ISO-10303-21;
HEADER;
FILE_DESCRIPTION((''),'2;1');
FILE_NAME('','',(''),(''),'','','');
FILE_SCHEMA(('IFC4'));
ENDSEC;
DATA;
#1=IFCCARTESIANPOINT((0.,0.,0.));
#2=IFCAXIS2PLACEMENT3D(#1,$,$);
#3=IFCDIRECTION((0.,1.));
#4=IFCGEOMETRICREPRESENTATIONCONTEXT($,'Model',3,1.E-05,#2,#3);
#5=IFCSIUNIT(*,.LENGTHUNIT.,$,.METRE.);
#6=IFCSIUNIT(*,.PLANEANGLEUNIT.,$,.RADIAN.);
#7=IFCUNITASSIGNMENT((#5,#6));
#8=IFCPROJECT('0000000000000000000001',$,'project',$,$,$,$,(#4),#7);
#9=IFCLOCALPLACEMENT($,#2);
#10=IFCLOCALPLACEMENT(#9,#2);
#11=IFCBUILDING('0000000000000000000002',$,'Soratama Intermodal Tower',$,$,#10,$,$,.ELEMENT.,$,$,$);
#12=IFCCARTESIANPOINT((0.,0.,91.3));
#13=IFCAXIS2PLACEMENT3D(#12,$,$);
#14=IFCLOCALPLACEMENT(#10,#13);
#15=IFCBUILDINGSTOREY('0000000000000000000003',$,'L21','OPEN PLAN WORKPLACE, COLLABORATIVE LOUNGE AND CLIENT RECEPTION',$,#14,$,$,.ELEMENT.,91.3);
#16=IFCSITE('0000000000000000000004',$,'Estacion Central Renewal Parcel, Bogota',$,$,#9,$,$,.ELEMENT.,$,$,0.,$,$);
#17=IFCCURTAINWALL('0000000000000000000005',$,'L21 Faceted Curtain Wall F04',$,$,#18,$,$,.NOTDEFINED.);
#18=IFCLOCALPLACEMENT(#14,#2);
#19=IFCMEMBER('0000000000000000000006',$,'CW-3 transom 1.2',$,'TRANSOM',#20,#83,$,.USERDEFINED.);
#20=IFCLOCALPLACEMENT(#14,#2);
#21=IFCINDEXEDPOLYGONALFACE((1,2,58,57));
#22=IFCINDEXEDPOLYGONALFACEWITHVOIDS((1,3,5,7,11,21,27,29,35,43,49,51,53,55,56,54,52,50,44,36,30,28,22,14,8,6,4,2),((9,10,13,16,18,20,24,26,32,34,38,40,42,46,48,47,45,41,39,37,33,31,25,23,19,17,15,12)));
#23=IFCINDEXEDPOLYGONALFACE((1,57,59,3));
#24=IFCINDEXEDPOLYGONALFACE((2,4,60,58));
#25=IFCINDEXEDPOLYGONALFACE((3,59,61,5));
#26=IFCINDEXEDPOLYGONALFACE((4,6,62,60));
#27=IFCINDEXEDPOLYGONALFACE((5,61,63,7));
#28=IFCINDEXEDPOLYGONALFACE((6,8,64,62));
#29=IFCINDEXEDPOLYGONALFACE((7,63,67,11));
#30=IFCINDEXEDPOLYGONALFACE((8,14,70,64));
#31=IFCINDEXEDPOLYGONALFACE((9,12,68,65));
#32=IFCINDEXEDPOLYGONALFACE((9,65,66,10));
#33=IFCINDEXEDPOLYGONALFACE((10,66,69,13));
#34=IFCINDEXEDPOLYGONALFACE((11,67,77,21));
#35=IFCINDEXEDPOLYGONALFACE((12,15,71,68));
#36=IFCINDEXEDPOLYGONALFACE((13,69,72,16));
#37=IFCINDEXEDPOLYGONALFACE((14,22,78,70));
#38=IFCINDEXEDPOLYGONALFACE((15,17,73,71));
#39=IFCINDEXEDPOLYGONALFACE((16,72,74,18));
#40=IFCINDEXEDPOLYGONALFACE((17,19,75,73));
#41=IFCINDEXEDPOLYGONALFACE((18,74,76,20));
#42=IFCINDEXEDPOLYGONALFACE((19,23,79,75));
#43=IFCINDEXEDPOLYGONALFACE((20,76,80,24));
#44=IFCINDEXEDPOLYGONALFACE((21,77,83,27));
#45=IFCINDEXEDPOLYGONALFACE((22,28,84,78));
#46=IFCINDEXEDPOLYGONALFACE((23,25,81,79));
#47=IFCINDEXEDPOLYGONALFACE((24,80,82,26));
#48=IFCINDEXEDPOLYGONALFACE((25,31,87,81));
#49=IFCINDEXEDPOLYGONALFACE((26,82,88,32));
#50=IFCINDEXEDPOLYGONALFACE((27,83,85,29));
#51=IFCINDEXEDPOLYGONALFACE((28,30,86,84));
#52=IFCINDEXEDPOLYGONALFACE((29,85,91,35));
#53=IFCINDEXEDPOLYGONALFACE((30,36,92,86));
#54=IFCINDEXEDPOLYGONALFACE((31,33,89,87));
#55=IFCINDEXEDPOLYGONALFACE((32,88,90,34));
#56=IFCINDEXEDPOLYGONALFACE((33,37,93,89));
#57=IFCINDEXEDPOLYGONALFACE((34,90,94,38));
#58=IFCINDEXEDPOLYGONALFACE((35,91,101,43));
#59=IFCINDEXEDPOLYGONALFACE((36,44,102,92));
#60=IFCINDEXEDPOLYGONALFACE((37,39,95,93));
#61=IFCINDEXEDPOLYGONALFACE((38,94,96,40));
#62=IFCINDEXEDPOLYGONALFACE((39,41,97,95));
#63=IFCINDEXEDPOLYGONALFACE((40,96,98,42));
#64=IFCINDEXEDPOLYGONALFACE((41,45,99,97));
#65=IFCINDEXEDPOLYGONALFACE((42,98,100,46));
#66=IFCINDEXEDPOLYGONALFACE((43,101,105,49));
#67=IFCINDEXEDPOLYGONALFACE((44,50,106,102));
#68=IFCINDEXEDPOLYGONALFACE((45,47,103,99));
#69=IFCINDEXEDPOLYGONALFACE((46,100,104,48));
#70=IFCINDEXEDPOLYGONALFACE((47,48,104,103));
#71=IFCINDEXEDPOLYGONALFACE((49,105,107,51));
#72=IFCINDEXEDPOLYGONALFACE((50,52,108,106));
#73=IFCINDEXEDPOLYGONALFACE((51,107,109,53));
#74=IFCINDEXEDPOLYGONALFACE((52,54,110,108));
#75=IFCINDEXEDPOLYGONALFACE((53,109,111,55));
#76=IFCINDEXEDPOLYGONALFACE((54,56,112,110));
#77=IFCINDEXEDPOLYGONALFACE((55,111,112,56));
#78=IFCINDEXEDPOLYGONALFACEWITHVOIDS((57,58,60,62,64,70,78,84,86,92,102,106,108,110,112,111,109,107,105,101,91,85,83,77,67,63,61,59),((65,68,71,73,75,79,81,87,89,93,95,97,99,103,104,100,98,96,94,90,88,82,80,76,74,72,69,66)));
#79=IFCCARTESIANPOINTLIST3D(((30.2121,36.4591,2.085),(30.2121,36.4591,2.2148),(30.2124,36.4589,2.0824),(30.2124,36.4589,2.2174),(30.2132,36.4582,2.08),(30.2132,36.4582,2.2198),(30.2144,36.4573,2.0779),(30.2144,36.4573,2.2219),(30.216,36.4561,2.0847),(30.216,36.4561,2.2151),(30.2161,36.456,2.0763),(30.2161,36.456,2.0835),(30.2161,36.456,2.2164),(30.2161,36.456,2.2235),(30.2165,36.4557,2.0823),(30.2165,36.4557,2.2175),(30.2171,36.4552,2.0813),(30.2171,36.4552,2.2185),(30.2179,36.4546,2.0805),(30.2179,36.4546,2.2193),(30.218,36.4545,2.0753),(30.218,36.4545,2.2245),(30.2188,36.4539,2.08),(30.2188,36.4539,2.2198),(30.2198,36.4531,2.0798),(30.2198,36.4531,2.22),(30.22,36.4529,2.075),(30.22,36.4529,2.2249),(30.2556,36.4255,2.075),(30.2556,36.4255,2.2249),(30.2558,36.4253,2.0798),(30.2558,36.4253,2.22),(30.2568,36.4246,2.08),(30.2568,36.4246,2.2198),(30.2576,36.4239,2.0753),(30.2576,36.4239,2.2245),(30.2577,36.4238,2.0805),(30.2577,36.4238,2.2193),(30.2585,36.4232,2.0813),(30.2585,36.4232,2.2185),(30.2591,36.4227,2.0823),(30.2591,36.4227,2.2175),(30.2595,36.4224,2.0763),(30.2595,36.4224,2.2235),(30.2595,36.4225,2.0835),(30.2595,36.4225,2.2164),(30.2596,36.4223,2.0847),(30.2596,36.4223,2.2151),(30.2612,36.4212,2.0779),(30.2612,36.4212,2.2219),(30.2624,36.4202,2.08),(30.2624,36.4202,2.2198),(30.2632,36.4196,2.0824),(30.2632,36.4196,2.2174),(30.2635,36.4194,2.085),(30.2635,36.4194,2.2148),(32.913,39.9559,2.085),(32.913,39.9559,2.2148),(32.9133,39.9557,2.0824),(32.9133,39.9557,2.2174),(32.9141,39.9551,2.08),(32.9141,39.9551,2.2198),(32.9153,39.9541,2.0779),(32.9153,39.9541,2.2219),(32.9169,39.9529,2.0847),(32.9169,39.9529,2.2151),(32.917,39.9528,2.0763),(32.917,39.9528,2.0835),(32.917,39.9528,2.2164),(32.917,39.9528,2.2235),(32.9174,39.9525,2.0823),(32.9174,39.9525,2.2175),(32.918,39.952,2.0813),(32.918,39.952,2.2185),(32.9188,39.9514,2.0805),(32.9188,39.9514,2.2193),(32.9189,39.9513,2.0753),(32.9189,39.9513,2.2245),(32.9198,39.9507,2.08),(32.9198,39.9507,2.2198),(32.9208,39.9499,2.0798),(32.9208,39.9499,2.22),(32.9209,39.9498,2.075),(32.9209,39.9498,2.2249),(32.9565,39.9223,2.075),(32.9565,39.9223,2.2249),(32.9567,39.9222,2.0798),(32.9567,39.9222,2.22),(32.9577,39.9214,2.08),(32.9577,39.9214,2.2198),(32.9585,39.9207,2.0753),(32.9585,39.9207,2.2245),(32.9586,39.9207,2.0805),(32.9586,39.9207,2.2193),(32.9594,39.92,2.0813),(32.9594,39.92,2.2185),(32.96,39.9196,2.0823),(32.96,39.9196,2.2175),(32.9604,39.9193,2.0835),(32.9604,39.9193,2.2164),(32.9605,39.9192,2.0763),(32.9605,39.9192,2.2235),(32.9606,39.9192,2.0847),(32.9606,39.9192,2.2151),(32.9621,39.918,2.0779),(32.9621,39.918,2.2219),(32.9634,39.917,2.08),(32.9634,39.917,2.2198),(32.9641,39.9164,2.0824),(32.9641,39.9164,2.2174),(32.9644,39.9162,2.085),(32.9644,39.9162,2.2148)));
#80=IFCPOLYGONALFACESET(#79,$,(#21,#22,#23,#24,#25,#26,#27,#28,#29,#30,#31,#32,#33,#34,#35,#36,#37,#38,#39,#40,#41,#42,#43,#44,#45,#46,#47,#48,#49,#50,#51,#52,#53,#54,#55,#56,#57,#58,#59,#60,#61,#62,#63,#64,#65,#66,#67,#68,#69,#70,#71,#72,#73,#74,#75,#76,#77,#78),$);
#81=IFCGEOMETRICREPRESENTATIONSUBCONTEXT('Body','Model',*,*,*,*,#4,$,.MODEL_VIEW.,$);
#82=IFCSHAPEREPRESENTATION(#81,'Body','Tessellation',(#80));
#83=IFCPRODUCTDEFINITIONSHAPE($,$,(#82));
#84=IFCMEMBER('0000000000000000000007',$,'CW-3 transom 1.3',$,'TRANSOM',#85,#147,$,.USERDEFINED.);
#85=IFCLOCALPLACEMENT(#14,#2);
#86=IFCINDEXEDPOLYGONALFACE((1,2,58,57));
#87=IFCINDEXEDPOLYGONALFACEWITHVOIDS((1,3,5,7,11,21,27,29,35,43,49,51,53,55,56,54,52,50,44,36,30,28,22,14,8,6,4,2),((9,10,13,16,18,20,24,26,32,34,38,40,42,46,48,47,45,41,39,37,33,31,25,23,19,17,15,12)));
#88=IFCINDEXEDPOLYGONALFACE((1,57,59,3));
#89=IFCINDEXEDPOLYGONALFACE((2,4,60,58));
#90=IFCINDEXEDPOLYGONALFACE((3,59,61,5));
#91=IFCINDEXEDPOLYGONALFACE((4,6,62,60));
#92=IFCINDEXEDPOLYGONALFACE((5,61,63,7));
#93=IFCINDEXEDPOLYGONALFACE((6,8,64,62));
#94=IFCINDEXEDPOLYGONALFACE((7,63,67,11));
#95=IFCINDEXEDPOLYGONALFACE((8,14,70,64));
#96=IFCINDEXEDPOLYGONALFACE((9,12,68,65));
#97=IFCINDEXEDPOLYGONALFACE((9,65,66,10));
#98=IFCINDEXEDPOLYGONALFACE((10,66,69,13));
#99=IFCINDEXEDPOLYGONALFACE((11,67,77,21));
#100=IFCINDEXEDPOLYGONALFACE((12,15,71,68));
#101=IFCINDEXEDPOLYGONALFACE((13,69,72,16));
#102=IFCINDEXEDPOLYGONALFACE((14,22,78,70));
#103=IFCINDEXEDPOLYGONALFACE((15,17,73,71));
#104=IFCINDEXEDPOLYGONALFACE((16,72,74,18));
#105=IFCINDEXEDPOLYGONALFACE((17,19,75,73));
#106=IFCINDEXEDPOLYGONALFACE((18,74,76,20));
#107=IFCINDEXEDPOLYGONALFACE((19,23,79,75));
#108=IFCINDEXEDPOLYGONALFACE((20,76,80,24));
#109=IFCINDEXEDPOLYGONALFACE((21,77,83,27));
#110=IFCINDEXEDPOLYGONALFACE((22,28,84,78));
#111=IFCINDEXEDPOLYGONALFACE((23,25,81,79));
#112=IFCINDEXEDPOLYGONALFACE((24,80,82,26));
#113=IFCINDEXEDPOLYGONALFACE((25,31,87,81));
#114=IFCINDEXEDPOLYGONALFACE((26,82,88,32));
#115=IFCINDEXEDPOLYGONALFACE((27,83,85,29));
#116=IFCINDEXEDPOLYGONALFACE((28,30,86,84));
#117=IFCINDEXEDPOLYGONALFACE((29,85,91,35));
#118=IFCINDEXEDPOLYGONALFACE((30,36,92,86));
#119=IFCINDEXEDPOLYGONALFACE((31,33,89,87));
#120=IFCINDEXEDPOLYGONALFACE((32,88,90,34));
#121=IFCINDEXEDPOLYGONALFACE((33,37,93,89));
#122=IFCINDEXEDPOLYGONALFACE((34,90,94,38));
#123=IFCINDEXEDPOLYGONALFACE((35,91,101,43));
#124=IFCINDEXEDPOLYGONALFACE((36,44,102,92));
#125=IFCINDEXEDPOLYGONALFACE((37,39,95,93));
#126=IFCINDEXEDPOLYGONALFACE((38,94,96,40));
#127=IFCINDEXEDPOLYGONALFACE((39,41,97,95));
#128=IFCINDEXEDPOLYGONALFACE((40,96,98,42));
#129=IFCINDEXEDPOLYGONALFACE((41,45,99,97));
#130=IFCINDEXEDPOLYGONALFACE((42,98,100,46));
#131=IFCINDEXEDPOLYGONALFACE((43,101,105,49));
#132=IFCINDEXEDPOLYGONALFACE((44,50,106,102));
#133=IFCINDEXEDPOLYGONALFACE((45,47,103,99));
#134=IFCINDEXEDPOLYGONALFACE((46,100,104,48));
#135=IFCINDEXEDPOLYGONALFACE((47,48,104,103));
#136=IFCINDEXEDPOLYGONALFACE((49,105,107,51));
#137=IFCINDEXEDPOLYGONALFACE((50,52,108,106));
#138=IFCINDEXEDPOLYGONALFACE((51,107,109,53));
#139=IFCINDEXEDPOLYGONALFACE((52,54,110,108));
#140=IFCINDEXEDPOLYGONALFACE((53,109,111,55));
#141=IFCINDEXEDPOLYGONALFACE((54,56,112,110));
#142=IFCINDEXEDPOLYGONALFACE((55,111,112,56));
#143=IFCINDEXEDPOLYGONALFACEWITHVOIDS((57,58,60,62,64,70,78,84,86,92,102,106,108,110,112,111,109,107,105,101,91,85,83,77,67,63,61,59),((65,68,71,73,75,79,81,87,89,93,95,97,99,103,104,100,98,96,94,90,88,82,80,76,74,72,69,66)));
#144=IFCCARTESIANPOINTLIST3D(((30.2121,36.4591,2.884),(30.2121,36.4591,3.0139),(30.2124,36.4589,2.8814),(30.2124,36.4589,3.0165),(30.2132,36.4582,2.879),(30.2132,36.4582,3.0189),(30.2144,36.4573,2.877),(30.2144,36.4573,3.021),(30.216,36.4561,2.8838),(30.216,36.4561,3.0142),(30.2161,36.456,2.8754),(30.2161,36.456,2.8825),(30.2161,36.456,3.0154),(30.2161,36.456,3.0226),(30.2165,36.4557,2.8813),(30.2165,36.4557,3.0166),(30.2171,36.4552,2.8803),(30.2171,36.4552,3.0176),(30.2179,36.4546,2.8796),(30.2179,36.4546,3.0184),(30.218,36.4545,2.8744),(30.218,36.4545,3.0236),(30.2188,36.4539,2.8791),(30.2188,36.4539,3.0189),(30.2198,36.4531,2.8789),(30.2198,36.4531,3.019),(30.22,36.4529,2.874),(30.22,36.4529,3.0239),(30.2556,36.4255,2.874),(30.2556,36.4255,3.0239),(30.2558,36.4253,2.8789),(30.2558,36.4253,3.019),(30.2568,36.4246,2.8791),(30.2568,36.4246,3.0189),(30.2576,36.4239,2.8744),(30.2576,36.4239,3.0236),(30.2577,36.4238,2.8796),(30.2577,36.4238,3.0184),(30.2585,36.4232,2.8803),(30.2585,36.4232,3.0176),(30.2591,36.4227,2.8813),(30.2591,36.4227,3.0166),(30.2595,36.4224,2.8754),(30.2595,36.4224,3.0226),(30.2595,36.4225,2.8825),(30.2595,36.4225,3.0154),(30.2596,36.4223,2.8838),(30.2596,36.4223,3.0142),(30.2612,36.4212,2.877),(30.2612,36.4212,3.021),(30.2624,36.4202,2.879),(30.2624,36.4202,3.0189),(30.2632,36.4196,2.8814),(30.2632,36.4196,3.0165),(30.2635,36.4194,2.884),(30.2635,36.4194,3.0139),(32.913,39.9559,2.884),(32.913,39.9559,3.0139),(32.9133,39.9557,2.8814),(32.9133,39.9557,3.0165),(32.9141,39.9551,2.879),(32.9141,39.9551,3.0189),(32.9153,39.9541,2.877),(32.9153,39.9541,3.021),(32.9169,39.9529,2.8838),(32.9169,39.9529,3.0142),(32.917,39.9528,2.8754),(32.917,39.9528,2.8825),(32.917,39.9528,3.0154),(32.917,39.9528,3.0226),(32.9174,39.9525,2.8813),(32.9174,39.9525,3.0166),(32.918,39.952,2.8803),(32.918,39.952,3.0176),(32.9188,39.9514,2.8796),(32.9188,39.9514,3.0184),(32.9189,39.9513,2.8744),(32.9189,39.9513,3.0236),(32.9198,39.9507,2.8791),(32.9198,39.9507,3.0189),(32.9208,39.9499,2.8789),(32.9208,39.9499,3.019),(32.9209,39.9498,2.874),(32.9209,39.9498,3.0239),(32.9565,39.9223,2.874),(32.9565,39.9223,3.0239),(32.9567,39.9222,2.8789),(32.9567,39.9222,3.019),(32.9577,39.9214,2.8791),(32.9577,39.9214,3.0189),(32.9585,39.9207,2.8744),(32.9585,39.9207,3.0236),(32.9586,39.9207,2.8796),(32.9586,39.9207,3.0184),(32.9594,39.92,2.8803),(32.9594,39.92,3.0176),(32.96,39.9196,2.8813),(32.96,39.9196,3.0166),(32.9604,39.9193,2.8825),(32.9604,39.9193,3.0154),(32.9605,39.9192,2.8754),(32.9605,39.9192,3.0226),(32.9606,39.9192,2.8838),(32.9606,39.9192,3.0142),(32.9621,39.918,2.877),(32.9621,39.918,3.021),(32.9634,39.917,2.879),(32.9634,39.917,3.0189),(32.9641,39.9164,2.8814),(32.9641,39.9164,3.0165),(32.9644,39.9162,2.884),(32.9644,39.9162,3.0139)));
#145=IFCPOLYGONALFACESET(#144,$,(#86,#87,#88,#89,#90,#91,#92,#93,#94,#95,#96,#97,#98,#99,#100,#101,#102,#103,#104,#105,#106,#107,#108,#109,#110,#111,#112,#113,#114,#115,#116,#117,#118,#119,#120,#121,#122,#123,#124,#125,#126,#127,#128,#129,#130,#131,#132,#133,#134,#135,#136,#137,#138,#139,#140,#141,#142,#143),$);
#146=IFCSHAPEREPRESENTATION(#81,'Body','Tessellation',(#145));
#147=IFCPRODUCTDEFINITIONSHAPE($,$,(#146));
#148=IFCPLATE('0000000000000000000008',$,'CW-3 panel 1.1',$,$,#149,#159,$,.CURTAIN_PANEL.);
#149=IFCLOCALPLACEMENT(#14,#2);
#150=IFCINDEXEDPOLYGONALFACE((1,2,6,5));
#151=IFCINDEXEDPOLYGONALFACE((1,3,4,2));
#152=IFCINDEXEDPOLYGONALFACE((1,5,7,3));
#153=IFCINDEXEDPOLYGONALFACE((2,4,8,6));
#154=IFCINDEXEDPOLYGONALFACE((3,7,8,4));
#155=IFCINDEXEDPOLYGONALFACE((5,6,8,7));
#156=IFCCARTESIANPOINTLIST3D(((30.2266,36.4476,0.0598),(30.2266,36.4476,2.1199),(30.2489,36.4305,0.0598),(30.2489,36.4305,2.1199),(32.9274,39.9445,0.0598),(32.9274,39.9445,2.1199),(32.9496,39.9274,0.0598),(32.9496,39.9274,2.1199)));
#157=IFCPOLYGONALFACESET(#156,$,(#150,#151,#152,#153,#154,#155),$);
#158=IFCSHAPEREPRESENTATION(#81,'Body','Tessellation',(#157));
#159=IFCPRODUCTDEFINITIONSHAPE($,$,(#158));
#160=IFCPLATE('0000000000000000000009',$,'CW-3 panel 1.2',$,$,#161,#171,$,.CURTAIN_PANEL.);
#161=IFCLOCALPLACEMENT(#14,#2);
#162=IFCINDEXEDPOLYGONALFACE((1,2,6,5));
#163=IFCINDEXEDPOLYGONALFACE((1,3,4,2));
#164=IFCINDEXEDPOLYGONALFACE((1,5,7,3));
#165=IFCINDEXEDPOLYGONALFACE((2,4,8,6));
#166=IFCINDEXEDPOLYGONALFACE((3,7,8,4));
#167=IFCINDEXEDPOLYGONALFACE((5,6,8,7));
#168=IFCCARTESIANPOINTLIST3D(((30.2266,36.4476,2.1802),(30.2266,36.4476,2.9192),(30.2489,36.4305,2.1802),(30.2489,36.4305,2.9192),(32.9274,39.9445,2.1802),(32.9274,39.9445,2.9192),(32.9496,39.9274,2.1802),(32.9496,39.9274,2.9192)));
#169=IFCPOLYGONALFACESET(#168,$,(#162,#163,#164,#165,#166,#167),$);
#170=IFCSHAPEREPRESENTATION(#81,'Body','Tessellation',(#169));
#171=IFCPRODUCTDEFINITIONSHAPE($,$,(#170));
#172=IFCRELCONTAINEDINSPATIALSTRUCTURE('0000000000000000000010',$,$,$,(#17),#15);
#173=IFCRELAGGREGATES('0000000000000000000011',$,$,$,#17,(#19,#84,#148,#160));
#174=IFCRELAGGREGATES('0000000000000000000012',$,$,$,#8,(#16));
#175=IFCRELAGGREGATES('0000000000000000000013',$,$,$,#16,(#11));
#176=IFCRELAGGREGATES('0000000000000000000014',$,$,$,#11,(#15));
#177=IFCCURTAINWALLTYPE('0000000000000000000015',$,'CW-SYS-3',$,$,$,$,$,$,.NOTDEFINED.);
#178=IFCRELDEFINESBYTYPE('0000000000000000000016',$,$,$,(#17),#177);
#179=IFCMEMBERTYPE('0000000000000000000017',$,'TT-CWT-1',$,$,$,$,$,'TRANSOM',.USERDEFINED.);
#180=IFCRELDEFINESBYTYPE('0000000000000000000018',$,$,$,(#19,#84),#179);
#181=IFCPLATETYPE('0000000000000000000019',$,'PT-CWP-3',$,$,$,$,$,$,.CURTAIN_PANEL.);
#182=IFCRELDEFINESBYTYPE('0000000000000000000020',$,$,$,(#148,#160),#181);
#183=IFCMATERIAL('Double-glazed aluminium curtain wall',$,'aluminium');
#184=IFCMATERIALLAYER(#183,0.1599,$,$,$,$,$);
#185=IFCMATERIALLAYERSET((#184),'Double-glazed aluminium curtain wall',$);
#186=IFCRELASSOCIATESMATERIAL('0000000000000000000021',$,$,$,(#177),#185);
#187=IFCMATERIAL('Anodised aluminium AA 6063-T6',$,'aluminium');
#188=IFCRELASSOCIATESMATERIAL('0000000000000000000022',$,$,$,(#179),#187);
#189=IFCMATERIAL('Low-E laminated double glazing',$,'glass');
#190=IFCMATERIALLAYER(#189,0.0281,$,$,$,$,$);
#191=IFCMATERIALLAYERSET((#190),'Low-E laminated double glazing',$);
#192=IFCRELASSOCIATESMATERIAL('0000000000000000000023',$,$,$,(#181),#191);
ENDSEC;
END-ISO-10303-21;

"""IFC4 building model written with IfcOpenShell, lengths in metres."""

from ifc_helpers import new_model, si_unit, direction, frame, origin, origin_2d, place, context, subcontext, project, spatial, rectangle, hollow_rectangle, extrude, material, layer, layer_set, material_profile, profile_set, type_object, element, aggregate, save


model = new_model("IFC4")

# Units and contexts
model_context = context("Model", 3, precision=1e-05, world=origin(), true_north=direction((0.0, 1.0)))
body_context = subcontext(model_context, "Body", "Model", "MODEL_VIEW")
ifc_project = project(units=[si_unit("LENGTHUNIT", "METRE"), si_unit("PLANEANGLEUNIT", "RADIAN")], contexts=[model_context])

# Site, building, storey
site_placement = place(None, origin())
site = spatial("IfcSite", under=ifc_project, at=site_placement, Name="Estacion Central Renewal Parcel, Bogota", CompositionType="ELEMENT", RefElevation=0.0)
building_placement = place(site_placement, origin())
building = spatial("IfcBuilding", under=site, at=building_placement, Name="Soratama Intermodal Tower", CompositionType="ELEMENT")
storey_placement = place(building_placement, frame((0.0, 0.0, 91.3)))
storey = spatial("IfcBuildingStorey", under=building, at=storey_placement, Name="L21", Description="OPEN PLAN WORKPLACE, COLLABORATIVE LOUNGE AND CLIENT RECEPTION", CompositionType="ELEMENT", Elevation=91.3)

# Curtain wall, members, plates
ifc_material_1 = material(Name="Double-glazed aluminium curtain wall", Category="aluminium")
ifc_layer_1 = layer(ifc_material_1, 0.1599)
ifc_layer_set_1 = layer_set([ifc_layer_1], Name="Double-glazed aluminium curtain wall")
curtain_wall_type = type_object("IfcCurtainWallType", Name="CW-SYS-3", PredefinedType="NOTDEFINED", material=ifc_layer_set_1)
curtain_wall_placement = place(storey_placement, origin())
curtain_wall = element("IfcCurtainWall", 1, at=curtain_wall_placement, inside=storey, type_object=curtain_wall_type, Name="L21 Faceted Curtain Wall F04", PredefinedType="NOTDEFINED")
ifc_material_2 = material(Name="Anodised aluminium AA 6063-T6", Category="aluminium")
ifc_material_profile_1 = material_profile(ifc_material_2, hollow_rectangle(XDim=0.0649, YDim=0.1499, WallThickness=0.0049, InnerFilletRadius=0.0049, OuterFilletRadius=0.01, at=origin_2d()), Name="CWT150X65X5")
ifc_profile_set_1 = profile_set([ifc_material_profile_1], Name="Anodised aluminium AA 6063-T6")
member_type_1 = type_object("IfcMemberType", Name="TT-CWT-1", ElementType="TRANSOM", PredefinedType="USERDEFINED", material=ifc_profile_set_1)
member_1_placement = place(storey_placement, frame((32.9387, 39.936, 2.1499), z_axis=(-0.611282, -0.791413, 0.0), x_axis=(0.791413, -0.611282, 0.0)))
member_1 = element("IfcMember", 2, at=member_1_placement, type_object=member_type_1, Name="CW-3 transom 1.2", ObjectType="TRANSOM", PredefinedType="USERDEFINED", context=body_context, shape_type="SweptSolid", body=[
    extrude(hollow_rectangle(XDim=0.0649, YDim=0.1499, WallThickness=0.0049, InnerFilletRadius=0.0049, OuterFilletRadius=0.01, at=origin_2d()), origin(), (0.0, 0.0, 1.0), 4.4185),
])
member_2_placement = place(storey_placement, frame((32.9387, 39.936, 2.949), z_axis=(-0.611282, -0.791413, 0.0), x_axis=(0.791413, -0.611282, 0.0)))
member_2 = element("IfcMember", 3, at=member_2_placement, type_object=member_type_1, Name="CW-3 transom 1.3", ObjectType="TRANSOM", PredefinedType="USERDEFINED", context=body_context, shape_type="SweptSolid", body=[
    extrude(hollow_rectangle(XDim=0.0649, YDim=0.1499, WallThickness=0.0049, InnerFilletRadius=0.0049, OuterFilletRadius=0.01, at=origin_2d()), origin(), (0.0, 0.0, 1.0), 4.4185),
])
ifc_material_3 = material(Name="Low-E laminated double glazing", Category="glass")
ifc_layer_2 = layer(ifc_material_3, 0.0281)
ifc_layer_set_2 = layer_set([ifc_layer_2], Name="Low-E laminated double glazing")
plate_type = type_object("IfcPlateType", Name="PT-CWP-3", PredefinedType="CURTAIN_PANEL", material=ifc_layer_set_2)
plate_1_placement = place(storey_placement, frame((31.5881, 38.1875, 0.0598), z_axis=(0.0, 0.0, 1.0), x_axis=(-0.611251, -0.791437, 0.0)))
plate_1 = element("IfcPlate", 4, at=plate_1_placement, type_object=plate_type, Name="CW-3 panel 1.1", PredefinedType="CURTAIN_PANEL", context=body_context, shape_type="SweptSolid", body=[
    extrude(rectangle(XDim=4.4185, YDim=0.0281, at=origin_2d()), origin(), (0.0, 0.0, 1.0), 2.0601),
])
plate_2_placement = place(storey_placement, frame((31.5881, 38.1875, 2.1802), z_axis=(0.0, 0.0, 1.0), x_axis=(-0.611251, -0.791437, 0.0)))
plate_2 = element("IfcPlate", 5, at=plate_2_placement, type_object=plate_type, Name="CW-3 panel 1.2", PredefinedType="CURTAIN_PANEL", context=body_context, shape_type="SweptSolid", body=[
    extrude(rectangle(XDim=4.4185, YDim=0.0281, at=origin_2d()), origin(), (0.0, 0.0, 1.0), 0.739),
])
aggregate(curtain_wall, [member_1, member_2, plate_1, plate_2])

save(model, "model.ifc")
